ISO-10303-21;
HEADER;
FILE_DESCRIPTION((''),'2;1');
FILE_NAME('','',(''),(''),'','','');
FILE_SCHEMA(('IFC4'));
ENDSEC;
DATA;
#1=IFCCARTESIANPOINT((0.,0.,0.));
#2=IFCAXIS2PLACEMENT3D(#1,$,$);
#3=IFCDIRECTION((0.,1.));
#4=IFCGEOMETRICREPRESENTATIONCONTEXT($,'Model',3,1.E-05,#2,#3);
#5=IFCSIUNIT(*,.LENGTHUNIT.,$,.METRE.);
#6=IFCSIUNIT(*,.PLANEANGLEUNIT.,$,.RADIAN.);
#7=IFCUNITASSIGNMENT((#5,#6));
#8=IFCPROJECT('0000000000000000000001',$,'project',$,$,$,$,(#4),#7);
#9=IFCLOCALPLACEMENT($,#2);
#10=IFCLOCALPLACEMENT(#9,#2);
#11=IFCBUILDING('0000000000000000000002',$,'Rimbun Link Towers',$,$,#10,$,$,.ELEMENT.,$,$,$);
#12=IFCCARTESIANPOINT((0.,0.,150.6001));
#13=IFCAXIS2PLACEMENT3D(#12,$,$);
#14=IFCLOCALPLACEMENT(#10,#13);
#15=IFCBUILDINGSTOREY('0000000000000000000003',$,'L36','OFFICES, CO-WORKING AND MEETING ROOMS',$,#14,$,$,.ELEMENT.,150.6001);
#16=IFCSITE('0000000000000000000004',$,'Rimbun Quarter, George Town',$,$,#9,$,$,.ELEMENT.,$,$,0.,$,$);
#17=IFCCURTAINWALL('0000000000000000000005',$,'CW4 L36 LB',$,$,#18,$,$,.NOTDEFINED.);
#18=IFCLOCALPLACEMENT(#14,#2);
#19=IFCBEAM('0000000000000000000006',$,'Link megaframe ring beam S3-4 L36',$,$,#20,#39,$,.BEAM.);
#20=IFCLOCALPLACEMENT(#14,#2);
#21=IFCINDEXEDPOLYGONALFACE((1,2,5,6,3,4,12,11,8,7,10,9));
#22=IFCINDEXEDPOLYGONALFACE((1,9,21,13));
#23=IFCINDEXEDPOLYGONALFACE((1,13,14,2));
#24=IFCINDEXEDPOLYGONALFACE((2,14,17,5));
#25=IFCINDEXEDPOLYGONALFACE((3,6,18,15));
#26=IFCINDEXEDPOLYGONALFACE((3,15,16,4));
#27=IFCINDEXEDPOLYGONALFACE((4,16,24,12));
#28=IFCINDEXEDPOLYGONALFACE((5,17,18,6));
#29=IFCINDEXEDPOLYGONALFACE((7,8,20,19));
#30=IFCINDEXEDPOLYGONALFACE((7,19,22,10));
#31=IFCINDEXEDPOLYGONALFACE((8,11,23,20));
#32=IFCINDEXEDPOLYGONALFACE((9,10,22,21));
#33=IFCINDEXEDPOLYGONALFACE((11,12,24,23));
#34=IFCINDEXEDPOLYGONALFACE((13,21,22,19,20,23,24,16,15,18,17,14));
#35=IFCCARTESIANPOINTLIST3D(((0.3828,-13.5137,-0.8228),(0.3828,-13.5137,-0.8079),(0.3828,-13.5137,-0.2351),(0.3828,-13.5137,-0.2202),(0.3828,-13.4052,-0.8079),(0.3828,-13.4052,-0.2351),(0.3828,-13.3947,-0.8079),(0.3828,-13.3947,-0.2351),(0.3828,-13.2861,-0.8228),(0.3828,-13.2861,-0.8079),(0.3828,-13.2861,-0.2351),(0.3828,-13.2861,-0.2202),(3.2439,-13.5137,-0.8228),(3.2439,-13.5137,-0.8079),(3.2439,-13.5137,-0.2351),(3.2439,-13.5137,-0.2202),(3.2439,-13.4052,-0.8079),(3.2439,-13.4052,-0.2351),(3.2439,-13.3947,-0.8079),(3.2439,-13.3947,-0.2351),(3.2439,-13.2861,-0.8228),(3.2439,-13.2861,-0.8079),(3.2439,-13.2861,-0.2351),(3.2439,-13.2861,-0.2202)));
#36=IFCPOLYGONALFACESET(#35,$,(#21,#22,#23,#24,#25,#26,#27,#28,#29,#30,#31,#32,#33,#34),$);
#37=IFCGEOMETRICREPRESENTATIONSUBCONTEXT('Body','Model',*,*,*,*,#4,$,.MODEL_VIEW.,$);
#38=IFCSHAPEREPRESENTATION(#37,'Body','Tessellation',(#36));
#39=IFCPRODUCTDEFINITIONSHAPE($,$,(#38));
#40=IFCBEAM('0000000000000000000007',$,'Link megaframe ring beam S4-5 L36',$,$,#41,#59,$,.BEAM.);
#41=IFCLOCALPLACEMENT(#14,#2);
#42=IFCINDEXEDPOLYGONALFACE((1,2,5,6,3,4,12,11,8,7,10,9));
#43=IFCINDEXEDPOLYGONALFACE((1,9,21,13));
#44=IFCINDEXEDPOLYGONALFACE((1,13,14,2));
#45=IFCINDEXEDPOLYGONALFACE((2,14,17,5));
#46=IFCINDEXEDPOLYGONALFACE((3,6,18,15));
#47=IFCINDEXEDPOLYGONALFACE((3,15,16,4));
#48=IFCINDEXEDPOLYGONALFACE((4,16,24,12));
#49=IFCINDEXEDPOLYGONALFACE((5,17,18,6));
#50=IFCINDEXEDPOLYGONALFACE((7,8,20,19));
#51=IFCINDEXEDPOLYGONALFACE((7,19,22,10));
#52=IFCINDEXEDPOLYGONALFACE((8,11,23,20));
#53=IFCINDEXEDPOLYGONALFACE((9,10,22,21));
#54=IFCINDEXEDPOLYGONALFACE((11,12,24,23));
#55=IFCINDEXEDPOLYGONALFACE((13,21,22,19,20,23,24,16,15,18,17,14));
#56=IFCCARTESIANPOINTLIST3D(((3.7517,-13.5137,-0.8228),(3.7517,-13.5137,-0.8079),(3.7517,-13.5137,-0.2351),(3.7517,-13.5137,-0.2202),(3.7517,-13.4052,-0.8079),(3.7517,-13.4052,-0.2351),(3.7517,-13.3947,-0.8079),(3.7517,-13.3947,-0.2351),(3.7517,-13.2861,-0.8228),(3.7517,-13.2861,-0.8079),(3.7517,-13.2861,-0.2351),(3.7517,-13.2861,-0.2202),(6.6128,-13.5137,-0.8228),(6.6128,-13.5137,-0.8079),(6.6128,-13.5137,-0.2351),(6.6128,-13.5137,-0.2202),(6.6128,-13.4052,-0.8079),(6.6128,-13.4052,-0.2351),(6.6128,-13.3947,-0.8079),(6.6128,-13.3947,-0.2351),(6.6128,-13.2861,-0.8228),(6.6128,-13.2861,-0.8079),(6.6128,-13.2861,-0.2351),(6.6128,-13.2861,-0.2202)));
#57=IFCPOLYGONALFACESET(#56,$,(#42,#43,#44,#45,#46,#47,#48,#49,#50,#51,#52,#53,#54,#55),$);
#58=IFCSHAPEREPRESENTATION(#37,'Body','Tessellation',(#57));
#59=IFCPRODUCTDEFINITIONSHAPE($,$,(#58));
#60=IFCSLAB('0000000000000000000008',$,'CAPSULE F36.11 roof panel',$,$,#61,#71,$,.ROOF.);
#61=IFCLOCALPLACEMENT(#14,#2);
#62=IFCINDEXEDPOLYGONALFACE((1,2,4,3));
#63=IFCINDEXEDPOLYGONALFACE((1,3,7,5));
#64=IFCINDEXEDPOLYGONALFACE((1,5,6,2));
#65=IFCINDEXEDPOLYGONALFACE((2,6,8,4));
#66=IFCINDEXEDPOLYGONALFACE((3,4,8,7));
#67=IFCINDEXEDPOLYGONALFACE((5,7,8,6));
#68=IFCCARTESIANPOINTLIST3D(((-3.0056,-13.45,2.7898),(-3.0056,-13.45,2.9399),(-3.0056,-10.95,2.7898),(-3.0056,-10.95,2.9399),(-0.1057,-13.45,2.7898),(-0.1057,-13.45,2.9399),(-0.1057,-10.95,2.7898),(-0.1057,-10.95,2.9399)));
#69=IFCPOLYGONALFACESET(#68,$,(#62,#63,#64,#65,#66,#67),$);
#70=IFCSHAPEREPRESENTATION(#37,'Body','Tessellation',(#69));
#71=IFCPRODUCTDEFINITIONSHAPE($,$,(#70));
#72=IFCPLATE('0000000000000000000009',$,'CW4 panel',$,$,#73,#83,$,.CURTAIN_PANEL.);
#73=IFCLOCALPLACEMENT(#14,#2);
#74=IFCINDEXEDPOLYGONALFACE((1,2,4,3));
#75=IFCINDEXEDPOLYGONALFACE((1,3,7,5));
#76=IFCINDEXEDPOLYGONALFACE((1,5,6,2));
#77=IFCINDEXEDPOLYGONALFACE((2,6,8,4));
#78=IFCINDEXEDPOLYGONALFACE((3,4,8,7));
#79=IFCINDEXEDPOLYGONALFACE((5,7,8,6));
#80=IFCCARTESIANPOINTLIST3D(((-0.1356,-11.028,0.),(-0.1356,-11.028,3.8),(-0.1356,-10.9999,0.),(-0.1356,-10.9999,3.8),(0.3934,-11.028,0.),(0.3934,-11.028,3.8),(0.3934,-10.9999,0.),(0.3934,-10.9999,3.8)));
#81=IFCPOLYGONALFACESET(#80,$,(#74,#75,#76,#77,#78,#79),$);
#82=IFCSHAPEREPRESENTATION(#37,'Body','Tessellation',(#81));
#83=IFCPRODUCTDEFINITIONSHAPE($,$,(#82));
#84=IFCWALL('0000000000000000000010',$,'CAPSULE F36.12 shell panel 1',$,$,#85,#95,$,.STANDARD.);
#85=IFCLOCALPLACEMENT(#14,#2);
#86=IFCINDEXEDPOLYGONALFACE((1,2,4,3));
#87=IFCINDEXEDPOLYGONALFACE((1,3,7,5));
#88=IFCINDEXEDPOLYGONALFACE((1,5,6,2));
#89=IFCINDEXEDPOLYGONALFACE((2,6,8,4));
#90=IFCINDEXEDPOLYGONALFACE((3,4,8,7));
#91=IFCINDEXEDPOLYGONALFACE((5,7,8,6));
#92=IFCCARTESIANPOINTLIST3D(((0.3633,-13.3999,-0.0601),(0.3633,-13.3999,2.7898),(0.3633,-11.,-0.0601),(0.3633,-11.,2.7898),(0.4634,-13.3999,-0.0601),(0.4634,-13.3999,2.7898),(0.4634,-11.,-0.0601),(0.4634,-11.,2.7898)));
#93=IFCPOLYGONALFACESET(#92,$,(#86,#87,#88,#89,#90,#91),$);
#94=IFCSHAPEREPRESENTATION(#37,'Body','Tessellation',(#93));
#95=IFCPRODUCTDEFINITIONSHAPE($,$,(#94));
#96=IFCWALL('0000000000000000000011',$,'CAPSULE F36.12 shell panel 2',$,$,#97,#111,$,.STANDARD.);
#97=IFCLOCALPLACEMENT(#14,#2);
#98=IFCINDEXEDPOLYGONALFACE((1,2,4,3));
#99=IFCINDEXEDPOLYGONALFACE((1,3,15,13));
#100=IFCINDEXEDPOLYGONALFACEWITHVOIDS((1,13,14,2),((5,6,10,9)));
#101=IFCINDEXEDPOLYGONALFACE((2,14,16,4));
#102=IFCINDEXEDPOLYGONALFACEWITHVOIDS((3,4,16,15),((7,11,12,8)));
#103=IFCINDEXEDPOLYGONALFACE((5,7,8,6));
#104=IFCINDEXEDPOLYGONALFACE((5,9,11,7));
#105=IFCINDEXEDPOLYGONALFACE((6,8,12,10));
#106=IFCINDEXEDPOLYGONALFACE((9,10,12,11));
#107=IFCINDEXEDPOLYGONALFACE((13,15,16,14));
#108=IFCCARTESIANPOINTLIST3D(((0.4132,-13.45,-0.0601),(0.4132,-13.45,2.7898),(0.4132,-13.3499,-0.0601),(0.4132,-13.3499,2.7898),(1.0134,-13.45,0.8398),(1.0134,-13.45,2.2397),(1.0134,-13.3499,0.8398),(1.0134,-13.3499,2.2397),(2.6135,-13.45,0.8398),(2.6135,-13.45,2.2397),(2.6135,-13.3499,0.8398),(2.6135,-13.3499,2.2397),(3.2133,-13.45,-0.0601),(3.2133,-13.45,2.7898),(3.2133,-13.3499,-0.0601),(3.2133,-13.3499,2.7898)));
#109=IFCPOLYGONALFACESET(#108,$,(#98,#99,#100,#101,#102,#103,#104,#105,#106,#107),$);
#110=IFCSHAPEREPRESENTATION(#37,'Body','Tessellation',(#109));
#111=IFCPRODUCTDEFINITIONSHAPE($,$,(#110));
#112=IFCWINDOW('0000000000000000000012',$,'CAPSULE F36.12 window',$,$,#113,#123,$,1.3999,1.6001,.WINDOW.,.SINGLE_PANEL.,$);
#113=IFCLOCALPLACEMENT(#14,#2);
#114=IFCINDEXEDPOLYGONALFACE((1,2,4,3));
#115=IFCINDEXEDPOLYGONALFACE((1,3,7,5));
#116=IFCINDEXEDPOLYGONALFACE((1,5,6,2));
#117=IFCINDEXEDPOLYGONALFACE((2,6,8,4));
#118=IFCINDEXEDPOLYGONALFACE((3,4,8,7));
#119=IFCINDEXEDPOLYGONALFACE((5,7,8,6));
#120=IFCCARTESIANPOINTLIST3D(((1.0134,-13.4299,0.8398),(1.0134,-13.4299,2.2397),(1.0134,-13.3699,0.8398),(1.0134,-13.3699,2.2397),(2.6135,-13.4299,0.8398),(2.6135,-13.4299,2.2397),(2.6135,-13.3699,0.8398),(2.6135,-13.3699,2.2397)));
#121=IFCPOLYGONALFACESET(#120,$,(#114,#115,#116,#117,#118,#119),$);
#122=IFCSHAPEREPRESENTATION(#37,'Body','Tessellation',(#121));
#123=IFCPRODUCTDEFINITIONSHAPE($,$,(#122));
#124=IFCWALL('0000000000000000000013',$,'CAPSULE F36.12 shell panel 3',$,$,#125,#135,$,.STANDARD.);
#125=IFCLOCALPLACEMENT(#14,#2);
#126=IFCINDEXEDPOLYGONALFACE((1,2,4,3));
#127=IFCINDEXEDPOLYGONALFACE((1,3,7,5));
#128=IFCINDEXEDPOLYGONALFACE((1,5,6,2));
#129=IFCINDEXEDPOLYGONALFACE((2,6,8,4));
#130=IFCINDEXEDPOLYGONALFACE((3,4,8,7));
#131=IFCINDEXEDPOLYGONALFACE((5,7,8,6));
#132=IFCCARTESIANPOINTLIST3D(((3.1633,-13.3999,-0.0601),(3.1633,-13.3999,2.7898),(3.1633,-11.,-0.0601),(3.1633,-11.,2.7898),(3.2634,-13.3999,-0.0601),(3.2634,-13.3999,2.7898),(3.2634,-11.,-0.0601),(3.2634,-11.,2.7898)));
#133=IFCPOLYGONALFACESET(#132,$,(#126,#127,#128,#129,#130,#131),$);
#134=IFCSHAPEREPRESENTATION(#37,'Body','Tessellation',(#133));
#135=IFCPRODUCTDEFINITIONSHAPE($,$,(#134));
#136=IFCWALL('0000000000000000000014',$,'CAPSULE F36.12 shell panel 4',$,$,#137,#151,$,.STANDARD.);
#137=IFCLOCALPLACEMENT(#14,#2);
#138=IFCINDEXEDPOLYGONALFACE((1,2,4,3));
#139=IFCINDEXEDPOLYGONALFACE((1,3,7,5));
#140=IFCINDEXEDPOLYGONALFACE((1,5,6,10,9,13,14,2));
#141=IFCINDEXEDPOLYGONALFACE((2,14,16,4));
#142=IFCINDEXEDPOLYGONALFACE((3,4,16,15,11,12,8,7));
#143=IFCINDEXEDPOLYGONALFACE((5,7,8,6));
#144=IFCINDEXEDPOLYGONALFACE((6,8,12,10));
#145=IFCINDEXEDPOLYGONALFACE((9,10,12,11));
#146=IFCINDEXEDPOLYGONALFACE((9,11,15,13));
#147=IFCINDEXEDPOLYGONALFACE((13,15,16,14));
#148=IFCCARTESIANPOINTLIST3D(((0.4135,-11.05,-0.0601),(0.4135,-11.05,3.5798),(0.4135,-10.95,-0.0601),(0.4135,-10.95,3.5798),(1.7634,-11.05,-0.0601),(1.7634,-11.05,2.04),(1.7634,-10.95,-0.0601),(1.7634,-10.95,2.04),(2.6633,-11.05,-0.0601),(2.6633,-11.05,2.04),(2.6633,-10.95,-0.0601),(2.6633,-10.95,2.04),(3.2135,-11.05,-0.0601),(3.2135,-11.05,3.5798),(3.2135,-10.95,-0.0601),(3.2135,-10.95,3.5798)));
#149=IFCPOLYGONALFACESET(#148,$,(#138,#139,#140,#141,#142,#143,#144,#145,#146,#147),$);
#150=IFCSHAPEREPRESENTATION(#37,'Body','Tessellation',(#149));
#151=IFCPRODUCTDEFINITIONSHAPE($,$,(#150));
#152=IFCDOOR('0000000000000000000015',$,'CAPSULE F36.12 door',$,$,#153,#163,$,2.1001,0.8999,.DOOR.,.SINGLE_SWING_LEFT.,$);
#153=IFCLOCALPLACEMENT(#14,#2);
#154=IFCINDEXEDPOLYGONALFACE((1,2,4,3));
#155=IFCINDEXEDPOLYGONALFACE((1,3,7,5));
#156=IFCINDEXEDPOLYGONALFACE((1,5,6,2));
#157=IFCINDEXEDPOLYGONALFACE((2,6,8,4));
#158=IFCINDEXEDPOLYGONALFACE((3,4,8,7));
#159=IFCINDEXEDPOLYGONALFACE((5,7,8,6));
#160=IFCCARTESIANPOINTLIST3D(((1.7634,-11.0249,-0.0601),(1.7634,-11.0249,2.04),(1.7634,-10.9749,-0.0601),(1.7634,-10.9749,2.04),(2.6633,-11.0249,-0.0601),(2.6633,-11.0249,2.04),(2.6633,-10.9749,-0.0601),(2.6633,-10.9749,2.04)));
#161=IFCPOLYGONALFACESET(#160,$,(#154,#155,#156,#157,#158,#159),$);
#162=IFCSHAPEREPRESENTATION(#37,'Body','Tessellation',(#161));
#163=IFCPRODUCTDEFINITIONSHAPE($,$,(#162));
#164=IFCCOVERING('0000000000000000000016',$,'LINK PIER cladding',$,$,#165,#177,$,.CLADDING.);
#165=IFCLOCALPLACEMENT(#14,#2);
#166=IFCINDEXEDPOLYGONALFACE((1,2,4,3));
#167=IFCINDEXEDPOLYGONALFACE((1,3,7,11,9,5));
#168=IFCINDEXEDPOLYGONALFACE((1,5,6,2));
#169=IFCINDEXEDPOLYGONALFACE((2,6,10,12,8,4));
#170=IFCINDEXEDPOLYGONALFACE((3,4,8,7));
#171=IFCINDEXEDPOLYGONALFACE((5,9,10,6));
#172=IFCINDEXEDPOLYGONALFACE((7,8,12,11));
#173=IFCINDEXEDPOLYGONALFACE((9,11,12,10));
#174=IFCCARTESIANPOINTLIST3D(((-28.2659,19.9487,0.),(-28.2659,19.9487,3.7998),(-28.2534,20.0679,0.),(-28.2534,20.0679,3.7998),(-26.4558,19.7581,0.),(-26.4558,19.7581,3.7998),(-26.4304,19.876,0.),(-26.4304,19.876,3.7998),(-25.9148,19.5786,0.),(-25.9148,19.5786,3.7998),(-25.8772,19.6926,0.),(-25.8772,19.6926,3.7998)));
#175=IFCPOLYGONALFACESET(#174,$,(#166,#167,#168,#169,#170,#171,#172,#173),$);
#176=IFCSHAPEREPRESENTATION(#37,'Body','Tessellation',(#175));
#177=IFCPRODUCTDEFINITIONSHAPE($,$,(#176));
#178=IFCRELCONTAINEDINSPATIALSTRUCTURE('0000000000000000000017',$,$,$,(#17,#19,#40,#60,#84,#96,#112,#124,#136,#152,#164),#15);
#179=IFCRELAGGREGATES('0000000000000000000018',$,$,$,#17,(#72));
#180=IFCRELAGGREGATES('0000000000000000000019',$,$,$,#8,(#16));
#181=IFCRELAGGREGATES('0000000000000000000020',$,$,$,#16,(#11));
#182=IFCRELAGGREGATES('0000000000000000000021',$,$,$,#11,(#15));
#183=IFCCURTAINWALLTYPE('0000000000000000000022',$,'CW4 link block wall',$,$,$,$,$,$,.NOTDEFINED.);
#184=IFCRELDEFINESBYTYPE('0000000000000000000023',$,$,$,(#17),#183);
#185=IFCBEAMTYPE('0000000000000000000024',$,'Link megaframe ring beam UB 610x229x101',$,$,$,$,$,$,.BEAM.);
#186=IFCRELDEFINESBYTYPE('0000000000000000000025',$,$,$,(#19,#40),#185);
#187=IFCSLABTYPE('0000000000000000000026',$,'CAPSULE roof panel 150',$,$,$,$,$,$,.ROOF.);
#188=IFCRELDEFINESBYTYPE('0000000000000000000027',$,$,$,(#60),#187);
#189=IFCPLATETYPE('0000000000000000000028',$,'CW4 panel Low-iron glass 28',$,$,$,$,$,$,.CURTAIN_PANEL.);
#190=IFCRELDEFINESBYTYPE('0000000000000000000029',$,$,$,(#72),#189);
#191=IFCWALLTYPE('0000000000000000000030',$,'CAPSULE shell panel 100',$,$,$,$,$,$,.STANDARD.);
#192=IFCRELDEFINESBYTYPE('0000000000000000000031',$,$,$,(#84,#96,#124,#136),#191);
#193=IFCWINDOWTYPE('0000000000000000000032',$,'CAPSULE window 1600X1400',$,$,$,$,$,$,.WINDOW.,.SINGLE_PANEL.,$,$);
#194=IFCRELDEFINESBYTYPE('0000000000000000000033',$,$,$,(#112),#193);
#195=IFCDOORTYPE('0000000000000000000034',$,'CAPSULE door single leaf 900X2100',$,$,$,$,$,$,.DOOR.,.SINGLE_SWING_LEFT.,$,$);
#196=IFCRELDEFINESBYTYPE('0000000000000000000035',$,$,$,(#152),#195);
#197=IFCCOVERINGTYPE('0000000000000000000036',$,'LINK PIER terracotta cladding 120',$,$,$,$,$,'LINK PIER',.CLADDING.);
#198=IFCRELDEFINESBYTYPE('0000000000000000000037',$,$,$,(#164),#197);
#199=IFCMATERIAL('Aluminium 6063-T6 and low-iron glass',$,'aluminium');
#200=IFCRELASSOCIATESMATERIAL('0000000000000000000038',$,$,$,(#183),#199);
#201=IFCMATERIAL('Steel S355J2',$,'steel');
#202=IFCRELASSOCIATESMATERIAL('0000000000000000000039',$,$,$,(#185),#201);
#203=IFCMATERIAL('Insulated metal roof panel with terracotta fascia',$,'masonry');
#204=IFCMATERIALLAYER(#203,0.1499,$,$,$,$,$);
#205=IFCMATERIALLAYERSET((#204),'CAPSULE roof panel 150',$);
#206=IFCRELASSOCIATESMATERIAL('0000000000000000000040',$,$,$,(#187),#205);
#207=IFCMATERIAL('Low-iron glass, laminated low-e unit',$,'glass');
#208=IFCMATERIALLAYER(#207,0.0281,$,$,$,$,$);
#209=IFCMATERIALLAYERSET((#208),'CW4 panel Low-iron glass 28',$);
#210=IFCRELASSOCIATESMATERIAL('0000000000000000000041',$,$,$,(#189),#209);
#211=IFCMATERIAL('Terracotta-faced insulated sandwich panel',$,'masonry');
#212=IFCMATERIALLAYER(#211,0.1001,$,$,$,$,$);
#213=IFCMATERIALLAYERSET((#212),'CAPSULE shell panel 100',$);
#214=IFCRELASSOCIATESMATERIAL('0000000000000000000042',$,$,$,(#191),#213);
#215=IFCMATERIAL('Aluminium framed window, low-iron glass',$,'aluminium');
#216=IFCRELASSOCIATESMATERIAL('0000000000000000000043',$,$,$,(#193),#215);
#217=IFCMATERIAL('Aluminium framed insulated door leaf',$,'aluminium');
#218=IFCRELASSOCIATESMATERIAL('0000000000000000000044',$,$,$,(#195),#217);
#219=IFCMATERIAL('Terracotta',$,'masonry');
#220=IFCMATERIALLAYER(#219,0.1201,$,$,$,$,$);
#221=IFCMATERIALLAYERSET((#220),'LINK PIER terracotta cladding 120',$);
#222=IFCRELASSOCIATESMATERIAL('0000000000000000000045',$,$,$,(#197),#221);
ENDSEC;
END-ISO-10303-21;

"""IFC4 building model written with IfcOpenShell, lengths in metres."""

from ifc_helpers import new_model, si_unit, direction, frame, frame_2d, origin, origin_2d, place, context, subcontext, project, spatial, polyline, rectangle, i_section, outline, extrude, material, layer, layer_set, material_profile, profile_set, type_object, element, fill, aggregate, save


model = new_model("IFC4")

# Units and contexts
model_context = context("Model", 3, precision=1e-05, world=origin(), true_north=direction((0.0, 1.0)))
body_context = subcontext(model_context, "Body", "Model", "MODEL_VIEW")
ifc_project = project(units=[si_unit("LENGTHUNIT", "METRE"), si_unit("PLANEANGLEUNIT", "RADIAN")], contexts=[model_context])

# Site, building, storey
site_placement = place(None, origin())
site = spatial("IfcSite", under=ifc_project, at=site_placement, Name="Rimbun Quarter, George Town", CompositionType="ELEMENT", RefElevation=0.0)
building_placement = place(site_placement, origin())
building = spatial("IfcBuilding", under=site, at=building_placement, Name="Rimbun Link Towers", CompositionType="ELEMENT")
storey_placement = place(building_placement, frame((0.0, 0.0, 150.6001)))
storey = spatial("IfcBuildingStorey", under=building, at=storey_placement, Name="L36", Description="OFFICES, CO-WORKING AND MEETING ROOMS", CompositionType="ELEMENT", Elevation=150.6001)

# Curtain wall
ifc_material_1 = material(Name="Aluminium 6063-T6 and low-iron glass", Category="aluminium")
curtain_wall_type = type_object("IfcCurtainWallType", Name="CW4 link block wall", PredefinedType="NOTDEFINED", material=ifc_material_1)
curtain_wall_placement = place(storey_placement, origin())
curtain_wall = element("IfcCurtainWall", 1, at=curtain_wall_placement, inside=storey, type_object=curtain_wall_type, Name="CW4 L36 LB", PredefinedType="NOTDEFINED")

# Beams
ifc_material_2 = material(Name="Steel S355J2", Category="steel")
ifc_material_profile_1 = material_profile(ifc_material_2, i_section(OverallWidth=0.2275, OverallDepth=0.6025, WebThickness=0.0105, FlangeThickness=0.0149, at=origin_2d()), Name="UB 610x229x101")
ifc_profile_set_1 = profile_set([ifc_material_profile_1], Name="Steel S355J2")
beam_type_1 = type_object("IfcBeamType", Name="Link megaframe ring beam UB 610x229x101", PredefinedType="BEAM", material=ifc_profile_set_1)
for number, where, z_axis, x_axis, name in (
    (2, (0.3828, -13.3999, -0.5215), (1.0, 0.0, 0.0), (0.0, 1.0, 0.0), "Link megaframe ring beam S3-4 L36"),
    (3, (3.7517, -13.3999, -0.5215), (1.0, 0.0, 0.0), (0.0, 1.0, 0.0), "Link megaframe ring beam S4-5 L36"),
):
    element("IfcBeam", number, at=place(storey_placement, frame(where, z_axis=z_axis, x_axis=x_axis)), inside=storey, type_object=beam_type_1, Name=name, PredefinedType="BEAM", context=body_context, shape_type="SweptSolid", body=[
        extrude(i_section(OverallWidth=0.2275, OverallDepth=0.6025, WebThickness=0.0105, FlangeThickness=0.0149, at=origin_2d()), origin(), (0.0, 0.0, 1.0), 2.8611),
    ])

# Slab
ifc_material_3 = material(Name="Insulated metal roof panel with terracotta fascia", Category="masonry")
ifc_layer_1 = layer(ifc_material_3, 0.1499)
ifc_layer_set_1 = layer_set([ifc_layer_1], Name="CAPSULE roof panel 150")
slab_type = type_object("IfcSlabType", Name="CAPSULE roof panel 150", PredefinedType="ROOF", material=ifc_layer_set_1)
slab_placement = place(storey_placement, frame((0.0, 0.0, 2.7898)))
element("IfcSlab", 4, at=slab_placement, inside=storey, type_object=slab_type, Name="CAPSULE F36.11 roof panel", PredefinedType="ROOF", context=body_context, shape_type="SweptSolid", body=[
    extrude(outline(polyline([(-3.0056, -13.45), (-0.1057, -13.45), (-0.1057, -10.95), (-3.0056, -10.95), (-3.0056, -13.45)])), origin(), (0.0, 0.0, 1.0), 0.1501),
])

# Plate
ifc_material_4 = material(Name="Low-iron glass, laminated low-e unit", Category="glass")
ifc_layer_2 = layer(ifc_material_4, 0.0281)
ifc_layer_set_2 = layer_set([ifc_layer_2], Name="CW4 panel Low-iron glass 28")
plate_type = type_object("IfcPlateType", Name="CW4 panel Low-iron glass 28", PredefinedType="CURTAIN_PANEL", material=ifc_layer_set_2)
plate_placement = place(storey_placement, frame((0.1289, -11.0139, 0.0), z_axis=(0.0, 0.0, 1.0), x_axis=(-1.0, 0.0, 0.0)))
plate = element("IfcPlate", 5, at=plate_placement, type_object=plate_type, Name="CW4 panel", PredefinedType="CURTAIN_PANEL", context=body_context, shape_type="SweptSolid", body=[
    extrude(rectangle(XDim=0.5291, YDim=0.0281, at=origin_2d()), origin(), (0.0, 0.0, 1.0), 3.8),
])
aggregate(curtain_wall, [plate])

# Wall
ifc_material_5 = material(Name="Terracotta-faced insulated sandwich panel", Category="masonry")
ifc_layer_3 = layer(ifc_material_5, 0.1001)
ifc_layer_set_3 = layer_set([ifc_layer_3], Name="CAPSULE shell panel 100")
wall_type = type_object("IfcWallType", Name="CAPSULE shell panel 100", PredefinedType="STANDARD", material=ifc_layer_set_3)
wall_1_placement = place(storey_placement, frame((0.4133, -11.0, -0.0601), z_axis=(0.0, 0.0, 1.0), x_axis=(0.0, -1.0, 0.0)))
element("IfcWall", 6, at=wall_1_placement, inside=storey, type_object=wall_type, Name="CAPSULE F36.12 shell panel 1", PredefinedType="STANDARD", context=body_context, shape_type="SweptSolid", body=[
    extrude(rectangle(XDim=2.3999, YDim=0.1001, at=frame_2d((1.2, 0.0))), origin(), (0.0, 0.0, 1.0), 2.8499),
])

# Wall, opening, window
wall_2_placement = place(storey_placement, frame((0.4133, -13.3999, -0.0601), z_axis=(0.0, 0.0, 1.0), x_axis=(1.0, 0.0, 0.0)))
wall_2 = element("IfcWall", 7, at=wall_2_placement, inside=storey, type_object=wall_type, Name="CAPSULE F36.12 shell panel 2", PredefinedType="STANDARD", context=body_context, shape_type="SweptSolid", body=[
    extrude(rectangle(XDim=2.8, YDim=0.1001, at=frame_2d((1.3999, 0.0))), origin(), (0.0, 0.0, 1.0), 2.8499),
])
opening_1_placement = place(wall_2_placement, frame((0.6001, 0.0, 0.8999)))
opening_1 = element("IfcOpeningElement", 8, at=opening_1_placement, cuts=wall_2, PredefinedType="OPENING", context=body_context, shape_type="SweptSolid", body=[
    extrude(rectangle(XDim=1.6001, YDim=1.3999, at=frame_2d((0.8, 0.7))), frame((0.0, 0.0601, 0.0), z_axis=(0.0, -1.0, 0.0), x_axis=(1.0, 0.0, 0.0)), (0.0, 0.0, 1.0), 0.1201),
])
ifc_material_6 = material(Name="Aluminium framed window, low-iron glass", Category="aluminium")
window_type = type_object("IfcWindowType", Name="CAPSULE window 1600X1400", PartitioningType="SINGLE_PANEL", PredefinedType="WINDOW", material=ifc_material_6)
window_placement = place(opening_1_placement, origin())
window = element("IfcWindow", 9, at=window_placement, inside=storey, type_object=window_type, Name="CAPSULE F36.12 window", OverallHeight=1.3999, OverallWidth=1.6001, PartitioningType="SINGLE_PANEL", PredefinedType="WINDOW", context=body_context, shape_type="SweptSolid", body=[
    extrude(rectangle(XDim=1.6001, YDim=1.3999, at=frame_2d((0.8, 0.7))), frame((0.0, 0.03, 0.0), z_axis=(0.0, -1.0, 0.0), x_axis=(1.0, 0.0, 0.0)), (0.0, 0.0, 1.0), 0.0601),
])
fill(opening_1, window)

# Wall
wall_3_placement = place(storey_placement, frame((3.2134, -13.3999, -0.0601), z_axis=(0.0, 0.0, 1.0), x_axis=(0.0, 1.0, 0.0)))
element("IfcWall", 10, at=wall_3_placement, inside=storey, type_object=wall_type, Name="CAPSULE F36.12 shell panel 3", PredefinedType="STANDARD", context=body_context, shape_type="SweptSolid", body=[
    extrude(rectangle(XDim=2.3999, YDim=0.1001, at=frame_2d((1.2, 0.0))), origin(), (0.0, 0.0, 1.0), 2.8499),
])

# Wall, opening, door
wall_4_placement = place(storey_placement, frame((3.2134, -11.0, -0.0601), z_axis=(0.0, 0.0, 1.0), x_axis=(-1.0, 0.0, 0.0)))
wall_4 = element("IfcWall", 11, at=wall_4_placement, inside=storey, type_object=wall_type, Name="CAPSULE F36.12 shell panel 4", PredefinedType="STANDARD", context=body_context, shape_type="SweptSolid", body=[
    extrude(rectangle(XDim=2.8, YDim=0.1001, at=frame_2d((1.3999, 0.0))), origin(), (0.0, 0.0, 1.0), 3.6399),
])
opening_2_placement = place(wall_4_placement, frame((0.55, 0.0, 0.0)))
opening_2 = element("IfcOpeningElement", 12, at=opening_2_placement, cuts=wall_4, PredefinedType="OPENING", context=body_context, shape_type="SweptSolid", body=[
    extrude(rectangle(XDim=0.8999, YDim=2.1001, at=frame_2d((0.45, 1.05))), frame((0.0, 0.0601, 0.0), z_axis=(0.0, -1.0, 0.0), x_axis=(1.0, 0.0, 0.0)), (0.0, 0.0, 1.0), 0.1201),
])
ifc_material_7 = material(Name="Aluminium framed insulated door leaf", Category="aluminium")
door_type = type_object("IfcDoorType", Name="CAPSULE door single leaf 900X2100", OperationType="SINGLE_SWING_LEFT", PredefinedType="DOOR", material=ifc_material_7)
door_placement = place(opening_2_placement, origin())
door = element("IfcDoor", 13, at=door_placement, inside=storey, type_object=door_type, Name="CAPSULE F36.12 door", OperationType="SINGLE_SWING_LEFT", OverallHeight=2.1001, OverallWidth=0.8999, PredefinedType="DOOR", context=body_context, shape_type="SweptSolid", body=[
    extrude(rectangle(XDim=0.8999, YDim=2.1001, at=frame_2d((0.45, 1.05))), frame((0.0, 0.0249, 0.0), z_axis=(0.0, -1.0, 0.0), x_axis=(1.0, 0.0, 0.0)), (0.0, 0.0, 1.0), 0.05),
])
fill(opening_2, door)

# Covering
ifc_material_8 = material(Name="Terracotta", Category="masonry")
ifc_layer_4 = layer(ifc_material_8, 0.1201)
ifc_layer_set_4 = layer_set([ifc_layer_4], Name="LINK PIER terracotta cladding 120")
covering_type = type_object("IfcCoveringType", Name="LINK PIER terracotta cladding 120", ElementType="LINK PIER", PredefinedType="CLADDING", material=ifc_layer_set_4)
covering_1_placement = place(storey_placement, origin())
element("IfcCovering", 14, at=covering_1_placement, inside=storey, type_object=covering_type, Name="LINK PIER cladding", PredefinedType="CLADDING", context=body_context, shape_type="SweptSolid", body=[
    extrude(outline(polyline([(-28.2659, 19.9487), (-26.4558, 19.7581), (-25.9148, 19.5786), (-25.8772, 19.6926), (-26.4304, 19.876), (-28.2534, 20.0679), (-28.2659, 19.9487)])), origin(), (0.0, 0.0, 1.0), 3.7998),
])

save(model, "model.ifc")
